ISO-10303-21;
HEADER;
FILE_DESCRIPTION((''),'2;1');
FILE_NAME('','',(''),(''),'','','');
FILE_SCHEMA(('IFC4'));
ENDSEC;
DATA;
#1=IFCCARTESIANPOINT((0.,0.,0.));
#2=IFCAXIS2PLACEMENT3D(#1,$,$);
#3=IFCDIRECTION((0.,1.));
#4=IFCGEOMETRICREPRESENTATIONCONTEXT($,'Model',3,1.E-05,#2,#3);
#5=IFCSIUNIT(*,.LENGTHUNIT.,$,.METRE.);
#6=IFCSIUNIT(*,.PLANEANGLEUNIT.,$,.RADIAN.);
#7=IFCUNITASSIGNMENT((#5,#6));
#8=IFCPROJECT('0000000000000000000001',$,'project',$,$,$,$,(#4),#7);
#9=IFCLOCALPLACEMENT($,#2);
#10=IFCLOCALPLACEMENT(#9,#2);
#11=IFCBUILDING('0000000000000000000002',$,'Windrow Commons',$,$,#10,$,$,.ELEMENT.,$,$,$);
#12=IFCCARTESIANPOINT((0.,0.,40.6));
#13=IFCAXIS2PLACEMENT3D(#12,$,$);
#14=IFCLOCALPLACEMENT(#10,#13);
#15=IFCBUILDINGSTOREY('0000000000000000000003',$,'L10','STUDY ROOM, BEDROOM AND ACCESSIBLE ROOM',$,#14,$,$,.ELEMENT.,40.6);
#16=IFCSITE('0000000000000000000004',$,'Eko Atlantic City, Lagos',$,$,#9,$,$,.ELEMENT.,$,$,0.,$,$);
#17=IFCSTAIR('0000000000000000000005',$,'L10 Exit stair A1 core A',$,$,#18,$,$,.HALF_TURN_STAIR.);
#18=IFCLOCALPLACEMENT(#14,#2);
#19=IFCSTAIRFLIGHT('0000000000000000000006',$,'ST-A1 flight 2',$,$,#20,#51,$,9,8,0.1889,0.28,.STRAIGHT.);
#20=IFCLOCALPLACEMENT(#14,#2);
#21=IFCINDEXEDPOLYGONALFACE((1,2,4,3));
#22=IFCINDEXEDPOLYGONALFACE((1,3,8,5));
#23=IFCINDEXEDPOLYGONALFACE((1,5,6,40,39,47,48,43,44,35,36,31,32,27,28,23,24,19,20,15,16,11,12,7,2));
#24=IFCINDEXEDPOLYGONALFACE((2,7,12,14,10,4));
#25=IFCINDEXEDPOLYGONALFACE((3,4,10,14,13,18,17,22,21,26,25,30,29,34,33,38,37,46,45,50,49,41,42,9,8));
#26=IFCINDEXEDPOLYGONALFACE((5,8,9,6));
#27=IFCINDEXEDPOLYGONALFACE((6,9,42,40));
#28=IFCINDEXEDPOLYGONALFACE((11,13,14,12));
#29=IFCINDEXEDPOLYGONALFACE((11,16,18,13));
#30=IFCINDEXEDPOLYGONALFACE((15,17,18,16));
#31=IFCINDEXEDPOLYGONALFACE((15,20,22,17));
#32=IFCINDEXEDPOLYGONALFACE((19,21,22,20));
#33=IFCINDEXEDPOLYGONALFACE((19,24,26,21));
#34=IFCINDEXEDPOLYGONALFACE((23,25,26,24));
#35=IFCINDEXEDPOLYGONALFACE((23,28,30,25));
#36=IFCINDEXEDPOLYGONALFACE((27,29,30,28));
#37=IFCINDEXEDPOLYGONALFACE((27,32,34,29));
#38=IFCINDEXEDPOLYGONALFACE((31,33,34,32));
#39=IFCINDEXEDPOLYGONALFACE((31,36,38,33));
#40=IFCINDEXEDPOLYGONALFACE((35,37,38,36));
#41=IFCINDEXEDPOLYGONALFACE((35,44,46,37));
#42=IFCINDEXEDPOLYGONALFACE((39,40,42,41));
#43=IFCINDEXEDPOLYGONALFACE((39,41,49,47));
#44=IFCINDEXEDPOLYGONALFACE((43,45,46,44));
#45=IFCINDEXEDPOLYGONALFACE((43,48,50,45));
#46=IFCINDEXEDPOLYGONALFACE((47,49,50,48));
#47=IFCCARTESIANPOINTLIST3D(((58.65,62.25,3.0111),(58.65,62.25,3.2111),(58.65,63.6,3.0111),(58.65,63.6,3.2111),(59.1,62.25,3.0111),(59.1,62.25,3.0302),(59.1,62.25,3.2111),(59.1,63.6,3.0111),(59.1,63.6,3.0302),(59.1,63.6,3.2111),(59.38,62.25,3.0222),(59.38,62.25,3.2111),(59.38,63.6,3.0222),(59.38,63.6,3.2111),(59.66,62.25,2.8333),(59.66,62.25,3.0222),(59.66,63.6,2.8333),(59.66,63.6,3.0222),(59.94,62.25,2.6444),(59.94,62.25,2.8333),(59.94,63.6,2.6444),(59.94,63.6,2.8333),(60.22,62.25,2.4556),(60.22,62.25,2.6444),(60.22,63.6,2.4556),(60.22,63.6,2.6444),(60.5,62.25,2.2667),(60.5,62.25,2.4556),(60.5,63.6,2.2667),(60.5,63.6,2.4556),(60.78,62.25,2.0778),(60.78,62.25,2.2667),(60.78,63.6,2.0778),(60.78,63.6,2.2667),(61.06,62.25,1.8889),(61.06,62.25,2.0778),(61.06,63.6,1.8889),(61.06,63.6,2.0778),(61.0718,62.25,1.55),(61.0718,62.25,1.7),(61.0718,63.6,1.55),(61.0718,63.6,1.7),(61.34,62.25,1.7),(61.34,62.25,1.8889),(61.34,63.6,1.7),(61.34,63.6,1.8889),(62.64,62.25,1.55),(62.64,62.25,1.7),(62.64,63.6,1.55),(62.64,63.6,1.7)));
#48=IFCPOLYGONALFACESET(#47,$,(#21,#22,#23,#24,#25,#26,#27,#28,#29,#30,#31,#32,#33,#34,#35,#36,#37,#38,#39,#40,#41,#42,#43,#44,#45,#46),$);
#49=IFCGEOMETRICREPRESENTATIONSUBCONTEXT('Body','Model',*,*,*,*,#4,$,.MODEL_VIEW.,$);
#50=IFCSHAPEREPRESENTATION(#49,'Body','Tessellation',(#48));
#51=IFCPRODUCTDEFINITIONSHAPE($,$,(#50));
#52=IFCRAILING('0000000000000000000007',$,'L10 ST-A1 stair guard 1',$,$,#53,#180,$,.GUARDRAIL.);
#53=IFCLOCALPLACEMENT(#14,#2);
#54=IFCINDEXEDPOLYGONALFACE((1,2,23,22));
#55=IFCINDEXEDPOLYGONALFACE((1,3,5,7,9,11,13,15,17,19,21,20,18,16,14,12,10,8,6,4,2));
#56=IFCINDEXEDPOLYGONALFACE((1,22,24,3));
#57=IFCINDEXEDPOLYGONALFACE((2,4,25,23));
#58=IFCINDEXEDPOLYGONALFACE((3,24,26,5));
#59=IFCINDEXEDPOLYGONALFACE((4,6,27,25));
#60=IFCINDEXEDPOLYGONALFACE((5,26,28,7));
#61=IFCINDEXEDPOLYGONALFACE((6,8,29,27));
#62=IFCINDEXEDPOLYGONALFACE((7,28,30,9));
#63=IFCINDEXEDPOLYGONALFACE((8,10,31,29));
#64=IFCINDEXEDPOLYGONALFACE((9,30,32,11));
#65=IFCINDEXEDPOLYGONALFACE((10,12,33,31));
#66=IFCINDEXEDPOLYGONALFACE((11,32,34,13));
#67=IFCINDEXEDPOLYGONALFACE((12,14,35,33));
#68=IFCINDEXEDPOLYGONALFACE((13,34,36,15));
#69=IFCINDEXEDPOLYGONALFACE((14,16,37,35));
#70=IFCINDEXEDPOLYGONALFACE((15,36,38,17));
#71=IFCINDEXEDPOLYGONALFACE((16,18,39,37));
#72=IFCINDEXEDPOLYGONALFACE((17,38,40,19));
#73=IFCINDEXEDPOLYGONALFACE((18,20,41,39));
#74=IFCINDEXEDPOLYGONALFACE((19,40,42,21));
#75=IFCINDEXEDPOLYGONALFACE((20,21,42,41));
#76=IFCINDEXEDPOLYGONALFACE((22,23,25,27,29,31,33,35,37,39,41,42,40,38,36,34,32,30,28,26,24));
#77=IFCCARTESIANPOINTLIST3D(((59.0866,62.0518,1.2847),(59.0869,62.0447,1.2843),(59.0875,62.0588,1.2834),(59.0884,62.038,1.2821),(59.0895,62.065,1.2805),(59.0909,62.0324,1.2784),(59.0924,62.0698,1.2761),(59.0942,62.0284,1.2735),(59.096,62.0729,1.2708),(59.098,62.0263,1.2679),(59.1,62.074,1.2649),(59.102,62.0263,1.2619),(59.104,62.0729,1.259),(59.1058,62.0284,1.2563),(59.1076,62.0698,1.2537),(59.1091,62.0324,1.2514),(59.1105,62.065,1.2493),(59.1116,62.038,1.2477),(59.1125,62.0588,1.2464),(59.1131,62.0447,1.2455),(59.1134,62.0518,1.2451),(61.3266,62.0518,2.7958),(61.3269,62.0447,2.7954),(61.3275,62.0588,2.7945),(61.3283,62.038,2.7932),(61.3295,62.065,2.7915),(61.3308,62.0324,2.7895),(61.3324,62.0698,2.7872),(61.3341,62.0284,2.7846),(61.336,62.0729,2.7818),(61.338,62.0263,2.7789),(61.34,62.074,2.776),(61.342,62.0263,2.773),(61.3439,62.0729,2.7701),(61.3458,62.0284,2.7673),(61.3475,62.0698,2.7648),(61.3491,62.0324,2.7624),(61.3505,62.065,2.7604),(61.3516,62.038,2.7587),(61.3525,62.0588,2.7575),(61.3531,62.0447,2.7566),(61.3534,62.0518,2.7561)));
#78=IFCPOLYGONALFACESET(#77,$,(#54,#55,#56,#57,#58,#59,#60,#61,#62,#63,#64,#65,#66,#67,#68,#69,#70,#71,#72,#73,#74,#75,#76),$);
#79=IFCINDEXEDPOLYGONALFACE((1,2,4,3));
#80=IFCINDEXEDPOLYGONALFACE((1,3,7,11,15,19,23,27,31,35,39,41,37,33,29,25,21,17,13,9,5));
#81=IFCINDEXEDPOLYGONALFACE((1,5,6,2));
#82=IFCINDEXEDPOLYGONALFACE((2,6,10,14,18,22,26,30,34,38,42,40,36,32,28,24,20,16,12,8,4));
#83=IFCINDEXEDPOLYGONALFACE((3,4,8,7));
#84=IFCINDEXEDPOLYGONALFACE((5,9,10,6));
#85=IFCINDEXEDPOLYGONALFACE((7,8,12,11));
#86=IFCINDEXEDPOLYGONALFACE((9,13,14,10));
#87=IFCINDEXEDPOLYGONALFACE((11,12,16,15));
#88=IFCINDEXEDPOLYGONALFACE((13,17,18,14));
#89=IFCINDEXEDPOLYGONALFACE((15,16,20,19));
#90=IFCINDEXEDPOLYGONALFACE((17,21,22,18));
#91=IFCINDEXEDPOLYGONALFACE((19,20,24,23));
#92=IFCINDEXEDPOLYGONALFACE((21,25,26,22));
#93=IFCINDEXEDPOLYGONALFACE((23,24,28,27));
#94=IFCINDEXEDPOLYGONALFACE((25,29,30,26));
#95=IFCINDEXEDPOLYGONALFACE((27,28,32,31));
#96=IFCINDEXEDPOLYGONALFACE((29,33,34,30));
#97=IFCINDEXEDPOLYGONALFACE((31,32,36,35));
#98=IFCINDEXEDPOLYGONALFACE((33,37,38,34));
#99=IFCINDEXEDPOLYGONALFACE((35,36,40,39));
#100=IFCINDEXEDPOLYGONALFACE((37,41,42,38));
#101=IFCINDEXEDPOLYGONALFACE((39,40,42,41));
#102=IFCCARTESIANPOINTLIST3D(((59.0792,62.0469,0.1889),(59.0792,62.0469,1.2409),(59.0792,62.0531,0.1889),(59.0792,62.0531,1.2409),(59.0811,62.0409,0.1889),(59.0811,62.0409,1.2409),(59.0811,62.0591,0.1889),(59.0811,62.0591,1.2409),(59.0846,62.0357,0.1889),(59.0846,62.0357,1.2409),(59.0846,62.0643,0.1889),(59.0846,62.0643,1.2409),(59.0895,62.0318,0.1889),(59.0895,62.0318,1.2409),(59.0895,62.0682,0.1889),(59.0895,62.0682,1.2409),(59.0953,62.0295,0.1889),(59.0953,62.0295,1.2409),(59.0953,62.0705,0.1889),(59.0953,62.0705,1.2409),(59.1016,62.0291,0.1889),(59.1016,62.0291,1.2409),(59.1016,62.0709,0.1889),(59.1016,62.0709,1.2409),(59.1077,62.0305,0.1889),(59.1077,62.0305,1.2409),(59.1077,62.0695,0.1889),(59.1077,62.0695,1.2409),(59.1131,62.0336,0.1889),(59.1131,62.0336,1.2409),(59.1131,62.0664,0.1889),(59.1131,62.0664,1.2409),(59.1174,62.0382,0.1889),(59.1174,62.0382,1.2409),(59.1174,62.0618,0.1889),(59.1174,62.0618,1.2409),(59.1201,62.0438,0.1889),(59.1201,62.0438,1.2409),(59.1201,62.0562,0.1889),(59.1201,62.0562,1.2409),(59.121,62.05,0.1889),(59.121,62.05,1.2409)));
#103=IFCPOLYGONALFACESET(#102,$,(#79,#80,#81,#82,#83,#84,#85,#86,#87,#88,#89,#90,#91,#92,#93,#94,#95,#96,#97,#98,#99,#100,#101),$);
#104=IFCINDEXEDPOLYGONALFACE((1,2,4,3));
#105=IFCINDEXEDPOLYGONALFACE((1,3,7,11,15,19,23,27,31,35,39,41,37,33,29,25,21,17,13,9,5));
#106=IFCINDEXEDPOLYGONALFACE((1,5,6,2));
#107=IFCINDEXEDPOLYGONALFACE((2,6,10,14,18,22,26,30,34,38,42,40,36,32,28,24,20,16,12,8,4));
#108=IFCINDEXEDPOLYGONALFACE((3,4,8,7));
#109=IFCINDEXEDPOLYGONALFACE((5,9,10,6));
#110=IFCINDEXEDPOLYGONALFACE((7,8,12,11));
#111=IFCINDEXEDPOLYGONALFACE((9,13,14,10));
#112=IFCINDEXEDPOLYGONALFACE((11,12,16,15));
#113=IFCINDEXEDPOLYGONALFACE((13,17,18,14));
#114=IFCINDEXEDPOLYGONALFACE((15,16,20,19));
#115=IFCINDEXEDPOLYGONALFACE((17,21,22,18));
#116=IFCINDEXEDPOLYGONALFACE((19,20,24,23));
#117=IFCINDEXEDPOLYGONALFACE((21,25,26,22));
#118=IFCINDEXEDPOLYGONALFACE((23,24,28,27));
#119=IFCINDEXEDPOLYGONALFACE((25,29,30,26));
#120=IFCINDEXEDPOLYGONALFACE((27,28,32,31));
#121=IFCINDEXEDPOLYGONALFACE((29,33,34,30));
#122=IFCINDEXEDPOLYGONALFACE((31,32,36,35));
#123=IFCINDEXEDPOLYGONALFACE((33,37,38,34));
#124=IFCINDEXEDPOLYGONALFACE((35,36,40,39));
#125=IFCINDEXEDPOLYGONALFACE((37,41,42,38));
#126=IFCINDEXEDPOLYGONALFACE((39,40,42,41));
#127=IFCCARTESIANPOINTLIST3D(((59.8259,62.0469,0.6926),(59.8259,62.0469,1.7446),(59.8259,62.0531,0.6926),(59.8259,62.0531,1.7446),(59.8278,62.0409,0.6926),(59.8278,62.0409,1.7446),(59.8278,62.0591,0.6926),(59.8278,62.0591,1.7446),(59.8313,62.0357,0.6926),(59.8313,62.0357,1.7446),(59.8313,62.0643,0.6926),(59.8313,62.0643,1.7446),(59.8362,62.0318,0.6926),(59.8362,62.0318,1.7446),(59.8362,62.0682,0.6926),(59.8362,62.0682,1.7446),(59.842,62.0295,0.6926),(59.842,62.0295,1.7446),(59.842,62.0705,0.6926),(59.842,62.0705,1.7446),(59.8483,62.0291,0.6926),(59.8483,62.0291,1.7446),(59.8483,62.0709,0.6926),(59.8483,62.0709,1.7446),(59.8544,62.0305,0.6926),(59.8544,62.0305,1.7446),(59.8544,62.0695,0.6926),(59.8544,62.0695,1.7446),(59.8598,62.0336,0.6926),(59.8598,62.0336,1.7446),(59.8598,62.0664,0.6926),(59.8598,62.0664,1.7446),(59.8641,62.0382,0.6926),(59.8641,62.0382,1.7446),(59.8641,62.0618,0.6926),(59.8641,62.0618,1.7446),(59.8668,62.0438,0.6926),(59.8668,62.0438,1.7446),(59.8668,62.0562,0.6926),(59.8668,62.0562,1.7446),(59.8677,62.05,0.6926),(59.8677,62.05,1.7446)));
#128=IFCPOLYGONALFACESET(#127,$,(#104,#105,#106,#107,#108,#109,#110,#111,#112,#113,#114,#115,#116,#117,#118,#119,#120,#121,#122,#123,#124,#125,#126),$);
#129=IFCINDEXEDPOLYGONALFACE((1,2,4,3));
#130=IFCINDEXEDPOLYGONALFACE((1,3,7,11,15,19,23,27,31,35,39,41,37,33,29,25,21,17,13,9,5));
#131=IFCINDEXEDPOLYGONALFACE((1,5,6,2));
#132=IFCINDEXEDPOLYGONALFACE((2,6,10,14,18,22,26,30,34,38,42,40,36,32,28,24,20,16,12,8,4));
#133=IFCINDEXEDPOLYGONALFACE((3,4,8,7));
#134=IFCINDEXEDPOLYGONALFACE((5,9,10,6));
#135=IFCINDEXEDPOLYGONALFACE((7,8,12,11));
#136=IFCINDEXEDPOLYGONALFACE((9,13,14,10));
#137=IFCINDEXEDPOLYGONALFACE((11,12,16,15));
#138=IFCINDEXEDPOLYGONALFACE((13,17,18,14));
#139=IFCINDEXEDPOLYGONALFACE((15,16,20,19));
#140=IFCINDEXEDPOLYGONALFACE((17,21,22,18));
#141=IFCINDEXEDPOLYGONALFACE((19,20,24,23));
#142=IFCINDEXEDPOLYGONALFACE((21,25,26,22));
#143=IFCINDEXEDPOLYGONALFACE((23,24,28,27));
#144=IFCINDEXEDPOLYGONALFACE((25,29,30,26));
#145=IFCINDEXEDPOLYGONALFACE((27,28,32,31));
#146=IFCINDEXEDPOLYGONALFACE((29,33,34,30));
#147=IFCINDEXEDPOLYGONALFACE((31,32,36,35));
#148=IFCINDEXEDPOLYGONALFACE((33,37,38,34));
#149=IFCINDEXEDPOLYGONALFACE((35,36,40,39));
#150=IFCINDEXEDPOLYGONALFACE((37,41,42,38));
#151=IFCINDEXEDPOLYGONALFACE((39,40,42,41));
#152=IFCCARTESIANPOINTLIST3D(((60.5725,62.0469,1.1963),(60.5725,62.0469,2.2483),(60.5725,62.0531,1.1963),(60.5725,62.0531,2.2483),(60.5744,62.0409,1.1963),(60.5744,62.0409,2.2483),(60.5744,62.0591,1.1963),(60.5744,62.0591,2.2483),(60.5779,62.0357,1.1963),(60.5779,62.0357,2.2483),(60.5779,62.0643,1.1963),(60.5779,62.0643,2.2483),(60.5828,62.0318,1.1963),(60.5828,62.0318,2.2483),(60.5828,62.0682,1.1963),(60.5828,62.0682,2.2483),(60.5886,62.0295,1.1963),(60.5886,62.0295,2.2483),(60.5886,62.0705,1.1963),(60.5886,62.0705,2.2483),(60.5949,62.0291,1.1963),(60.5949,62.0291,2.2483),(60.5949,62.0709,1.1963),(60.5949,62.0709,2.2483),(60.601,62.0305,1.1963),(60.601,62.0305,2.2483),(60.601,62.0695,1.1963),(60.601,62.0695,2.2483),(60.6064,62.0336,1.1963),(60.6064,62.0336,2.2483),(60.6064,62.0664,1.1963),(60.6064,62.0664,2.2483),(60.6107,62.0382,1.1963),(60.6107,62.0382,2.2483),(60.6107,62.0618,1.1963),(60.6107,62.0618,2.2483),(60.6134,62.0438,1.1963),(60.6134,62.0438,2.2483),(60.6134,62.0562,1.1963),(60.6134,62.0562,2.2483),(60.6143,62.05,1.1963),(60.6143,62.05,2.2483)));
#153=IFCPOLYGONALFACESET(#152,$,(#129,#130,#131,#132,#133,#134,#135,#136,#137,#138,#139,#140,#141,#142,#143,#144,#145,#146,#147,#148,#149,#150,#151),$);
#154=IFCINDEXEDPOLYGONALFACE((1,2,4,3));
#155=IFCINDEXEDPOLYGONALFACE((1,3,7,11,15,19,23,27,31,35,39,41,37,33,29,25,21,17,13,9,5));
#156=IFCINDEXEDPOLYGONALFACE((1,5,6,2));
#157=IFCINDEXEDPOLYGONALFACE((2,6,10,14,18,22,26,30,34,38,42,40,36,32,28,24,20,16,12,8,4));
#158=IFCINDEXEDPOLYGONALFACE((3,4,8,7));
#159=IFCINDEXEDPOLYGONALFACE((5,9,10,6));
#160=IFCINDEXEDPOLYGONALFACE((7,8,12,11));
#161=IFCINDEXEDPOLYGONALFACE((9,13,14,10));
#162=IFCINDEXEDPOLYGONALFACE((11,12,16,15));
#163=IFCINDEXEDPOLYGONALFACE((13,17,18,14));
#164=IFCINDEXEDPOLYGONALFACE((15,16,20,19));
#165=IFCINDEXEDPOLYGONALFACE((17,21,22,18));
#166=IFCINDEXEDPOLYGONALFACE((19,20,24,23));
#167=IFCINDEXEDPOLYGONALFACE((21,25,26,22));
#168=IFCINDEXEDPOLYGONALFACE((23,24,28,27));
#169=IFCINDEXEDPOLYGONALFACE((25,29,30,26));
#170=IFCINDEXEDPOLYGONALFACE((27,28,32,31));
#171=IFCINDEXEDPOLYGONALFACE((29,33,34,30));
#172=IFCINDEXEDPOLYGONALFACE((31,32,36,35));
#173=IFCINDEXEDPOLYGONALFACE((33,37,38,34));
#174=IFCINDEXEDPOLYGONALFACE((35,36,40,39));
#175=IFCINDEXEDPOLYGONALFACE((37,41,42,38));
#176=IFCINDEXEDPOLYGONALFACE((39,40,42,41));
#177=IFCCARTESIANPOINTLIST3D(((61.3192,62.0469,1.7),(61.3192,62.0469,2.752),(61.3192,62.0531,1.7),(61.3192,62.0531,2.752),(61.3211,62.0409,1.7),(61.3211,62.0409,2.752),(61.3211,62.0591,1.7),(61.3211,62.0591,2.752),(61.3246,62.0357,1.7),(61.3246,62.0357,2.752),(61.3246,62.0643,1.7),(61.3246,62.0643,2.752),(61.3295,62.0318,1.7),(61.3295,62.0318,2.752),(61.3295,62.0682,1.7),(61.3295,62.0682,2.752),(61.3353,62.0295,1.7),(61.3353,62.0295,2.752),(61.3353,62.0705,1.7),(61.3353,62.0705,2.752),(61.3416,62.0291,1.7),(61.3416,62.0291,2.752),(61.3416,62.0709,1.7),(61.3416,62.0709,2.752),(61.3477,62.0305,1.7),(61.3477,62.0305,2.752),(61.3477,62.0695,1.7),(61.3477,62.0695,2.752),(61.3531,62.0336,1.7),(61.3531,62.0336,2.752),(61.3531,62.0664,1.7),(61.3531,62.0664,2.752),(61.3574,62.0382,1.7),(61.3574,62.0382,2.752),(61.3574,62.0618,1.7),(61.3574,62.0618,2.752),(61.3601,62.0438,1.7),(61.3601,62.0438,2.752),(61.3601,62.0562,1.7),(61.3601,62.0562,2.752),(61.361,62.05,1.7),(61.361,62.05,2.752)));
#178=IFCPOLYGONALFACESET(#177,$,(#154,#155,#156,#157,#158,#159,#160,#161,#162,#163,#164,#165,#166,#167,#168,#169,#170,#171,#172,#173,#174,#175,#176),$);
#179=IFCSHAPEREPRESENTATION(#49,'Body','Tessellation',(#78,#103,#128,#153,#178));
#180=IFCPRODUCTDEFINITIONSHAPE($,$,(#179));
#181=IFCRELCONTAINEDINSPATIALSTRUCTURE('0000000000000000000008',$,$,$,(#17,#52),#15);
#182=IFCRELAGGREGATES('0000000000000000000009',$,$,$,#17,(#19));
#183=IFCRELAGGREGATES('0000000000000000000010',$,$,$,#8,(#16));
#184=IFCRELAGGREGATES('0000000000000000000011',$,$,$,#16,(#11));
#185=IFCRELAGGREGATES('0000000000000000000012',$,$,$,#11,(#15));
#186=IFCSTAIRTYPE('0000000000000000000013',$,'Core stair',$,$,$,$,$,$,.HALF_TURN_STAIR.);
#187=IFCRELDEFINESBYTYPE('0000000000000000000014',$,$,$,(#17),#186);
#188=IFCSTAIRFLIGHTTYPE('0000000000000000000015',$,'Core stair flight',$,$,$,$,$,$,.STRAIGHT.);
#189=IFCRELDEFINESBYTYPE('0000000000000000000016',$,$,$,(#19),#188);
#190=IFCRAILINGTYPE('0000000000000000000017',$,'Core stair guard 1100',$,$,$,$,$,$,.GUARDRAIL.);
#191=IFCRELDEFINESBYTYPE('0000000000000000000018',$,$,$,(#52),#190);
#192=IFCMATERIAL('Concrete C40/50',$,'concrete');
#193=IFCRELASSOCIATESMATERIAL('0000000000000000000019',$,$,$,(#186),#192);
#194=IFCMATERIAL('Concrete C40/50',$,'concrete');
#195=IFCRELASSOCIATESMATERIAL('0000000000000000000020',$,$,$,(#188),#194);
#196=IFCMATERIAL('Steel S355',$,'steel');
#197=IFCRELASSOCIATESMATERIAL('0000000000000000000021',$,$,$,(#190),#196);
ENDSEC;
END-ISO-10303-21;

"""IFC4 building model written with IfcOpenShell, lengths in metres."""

from ifc_helpers import new_model, si_unit, direction, frame, origin, origin_2d, place, context, subcontext, project, spatial, polyline, circle, outline, extrude, material, type_object, element, aggregate, save


model = new_model("IFC4")

# Units and contexts
model_context = context("Model", 3, precision=1e-05, world=origin(), true_north=direction((0.0, 1.0)))
body_context = subcontext(model_context, "Body", "Model", "MODEL_VIEW")
ifc_project = project(units=[si_unit("LENGTHUNIT", "METRE"), si_unit("PLANEANGLEUNIT", "RADIAN")], contexts=[model_context])

# Site, building, storey
site_placement = place(None, origin())
site = spatial("IfcSite", under=ifc_project, at=site_placement, Name="Eko Atlantic City, Lagos", CompositionType="ELEMENT", RefElevation=0.0)
building_placement = place(site_placement, origin())
building = spatial("IfcBuilding", under=site, at=building_placement, Name="Windrow Commons", CompositionType="ELEMENT")
storey_placement = place(building_placement, frame((0.0, 0.0, 40.6)))
storey = spatial("IfcBuildingStorey", under=building, at=storey_placement, Name="L10", Description="STUDY ROOM, BEDROOM AND ACCESSIBLE ROOM", CompositionType="ELEMENT", Elevation=40.6)

# Stair, stair flight
ifc_material_1 = material(Name="Concrete C40/50", Category="concrete")
stair_type = type_object("IfcStairType", Name="Core stair", PredefinedType="HALF_TURN_STAIR", material=ifc_material_1)
stair_placement = place(storey_placement, origin())
stair = element("IfcStair", 1, at=stair_placement, inside=storey, type_object=stair_type, Name="L10 Exit stair A1 core A", PredefinedType="HALF_TURN_STAIR")
ifc_material_2 = material(Name="Concrete C40/50", Category="concrete")
stair_flight_type = type_object("IfcStairFlightType", Name="Core stair flight", PredefinedType="STRAIGHT", material=ifc_material_2)
stair_flight_1_placement = place(storey_placement, frame((61.34, 62.925, 1.7), z_axis=(0.0, 0.0, 1.0), x_axis=(-1.0, 0.0, 0.0)))
stair_flight_1 = element("IfcStairFlight", 2, at=stair_flight_1_placement, type_object=stair_flight_type, Name="ST-A1 flight 2", NumberOfRisers=9, NumberOfTreads=8, PredefinedType="STRAIGHT", RiserHeight=0.1889, TreadLength=0.28, context=body_context, shape_type="SweptSolid", body=[
    extrude(outline(polyline([(-1.3, -0.15), (-1.3, 0.0), (0.0, 0.0), (0.0, 0.1889), (0.28, 0.1889), (0.28, 0.3778), (0.56, 0.3778), (0.56, 0.5667), (0.84, 0.5667), (0.84, 0.7556), (1.12, 0.7556), (1.12, 0.9444), (1.4, 0.9444), (1.4, 1.1333), (1.68, 1.1333), (1.68, 1.3222), (1.96, 1.3222), (1.96, 1.5111), (2.24, 1.5111), (2.69, 1.5111), (2.69, 1.3111), (2.24, 1.3111), (2.24, 1.3302), (0.2682, 0.0), (0.2682, -0.15), (-1.3, -0.15)])), frame((0.0, 0.675, 0.0), z_axis=(0.0, -1.0, 0.0), x_axis=(1.0, 0.0, 0.0)), (0.0, 0.0, 1.0), 1.35),
])
aggregate(stair, [stair_flight_1])

# Railing
ifc_material_3 = material(Name="Steel S355", Category="steel")
railing_type_1 = type_object("IfcRailingType", Name="Core stair guard 1100", PredefinedType="GUARDRAIL", material=ifc_material_3)
railing_1_placement = place(storey_placement, frame((59.1, 62.05, 0.1889)))
element("IfcRailing", 3, at=railing_1_placement, inside=storey, type_object=railing_type_1, Name="L10 ST-A1 stair guard 1", PredefinedType="GUARDRAIL", context=body_context, shape_type="SweptSolid", body=[
    extrude(circle(Radius=0.024, at=origin_2d()), frame((0.0, 0.0, 1.076), z_axis=(0.829003, 0.0, 0.559244), x_axis=(0.0, 1.0, 0.0)), (0.0, 0.0, 1.0), 2.702),
    extrude(circle(Radius=0.021, at=origin_2d()), origin(), (0.0, 0.0, 1.0), 1.052),
    extrude(circle(Radius=0.021, at=origin_2d()), frame((0.7467, 0.0, 0.5037)), (0.0, 0.0, 1.0), 1.052),
    extrude(circle(Radius=0.021, at=origin_2d()), frame((1.4933, 0.0, 1.0074)), (0.0, 0.0, 1.0), 1.052),
    extrude(circle(Radius=0.021, at=origin_2d()), frame((2.24, 0.0, 1.5111)), (0.0, 0.0, 1.0), 1.052),
])

save(model, "model.ifc")
